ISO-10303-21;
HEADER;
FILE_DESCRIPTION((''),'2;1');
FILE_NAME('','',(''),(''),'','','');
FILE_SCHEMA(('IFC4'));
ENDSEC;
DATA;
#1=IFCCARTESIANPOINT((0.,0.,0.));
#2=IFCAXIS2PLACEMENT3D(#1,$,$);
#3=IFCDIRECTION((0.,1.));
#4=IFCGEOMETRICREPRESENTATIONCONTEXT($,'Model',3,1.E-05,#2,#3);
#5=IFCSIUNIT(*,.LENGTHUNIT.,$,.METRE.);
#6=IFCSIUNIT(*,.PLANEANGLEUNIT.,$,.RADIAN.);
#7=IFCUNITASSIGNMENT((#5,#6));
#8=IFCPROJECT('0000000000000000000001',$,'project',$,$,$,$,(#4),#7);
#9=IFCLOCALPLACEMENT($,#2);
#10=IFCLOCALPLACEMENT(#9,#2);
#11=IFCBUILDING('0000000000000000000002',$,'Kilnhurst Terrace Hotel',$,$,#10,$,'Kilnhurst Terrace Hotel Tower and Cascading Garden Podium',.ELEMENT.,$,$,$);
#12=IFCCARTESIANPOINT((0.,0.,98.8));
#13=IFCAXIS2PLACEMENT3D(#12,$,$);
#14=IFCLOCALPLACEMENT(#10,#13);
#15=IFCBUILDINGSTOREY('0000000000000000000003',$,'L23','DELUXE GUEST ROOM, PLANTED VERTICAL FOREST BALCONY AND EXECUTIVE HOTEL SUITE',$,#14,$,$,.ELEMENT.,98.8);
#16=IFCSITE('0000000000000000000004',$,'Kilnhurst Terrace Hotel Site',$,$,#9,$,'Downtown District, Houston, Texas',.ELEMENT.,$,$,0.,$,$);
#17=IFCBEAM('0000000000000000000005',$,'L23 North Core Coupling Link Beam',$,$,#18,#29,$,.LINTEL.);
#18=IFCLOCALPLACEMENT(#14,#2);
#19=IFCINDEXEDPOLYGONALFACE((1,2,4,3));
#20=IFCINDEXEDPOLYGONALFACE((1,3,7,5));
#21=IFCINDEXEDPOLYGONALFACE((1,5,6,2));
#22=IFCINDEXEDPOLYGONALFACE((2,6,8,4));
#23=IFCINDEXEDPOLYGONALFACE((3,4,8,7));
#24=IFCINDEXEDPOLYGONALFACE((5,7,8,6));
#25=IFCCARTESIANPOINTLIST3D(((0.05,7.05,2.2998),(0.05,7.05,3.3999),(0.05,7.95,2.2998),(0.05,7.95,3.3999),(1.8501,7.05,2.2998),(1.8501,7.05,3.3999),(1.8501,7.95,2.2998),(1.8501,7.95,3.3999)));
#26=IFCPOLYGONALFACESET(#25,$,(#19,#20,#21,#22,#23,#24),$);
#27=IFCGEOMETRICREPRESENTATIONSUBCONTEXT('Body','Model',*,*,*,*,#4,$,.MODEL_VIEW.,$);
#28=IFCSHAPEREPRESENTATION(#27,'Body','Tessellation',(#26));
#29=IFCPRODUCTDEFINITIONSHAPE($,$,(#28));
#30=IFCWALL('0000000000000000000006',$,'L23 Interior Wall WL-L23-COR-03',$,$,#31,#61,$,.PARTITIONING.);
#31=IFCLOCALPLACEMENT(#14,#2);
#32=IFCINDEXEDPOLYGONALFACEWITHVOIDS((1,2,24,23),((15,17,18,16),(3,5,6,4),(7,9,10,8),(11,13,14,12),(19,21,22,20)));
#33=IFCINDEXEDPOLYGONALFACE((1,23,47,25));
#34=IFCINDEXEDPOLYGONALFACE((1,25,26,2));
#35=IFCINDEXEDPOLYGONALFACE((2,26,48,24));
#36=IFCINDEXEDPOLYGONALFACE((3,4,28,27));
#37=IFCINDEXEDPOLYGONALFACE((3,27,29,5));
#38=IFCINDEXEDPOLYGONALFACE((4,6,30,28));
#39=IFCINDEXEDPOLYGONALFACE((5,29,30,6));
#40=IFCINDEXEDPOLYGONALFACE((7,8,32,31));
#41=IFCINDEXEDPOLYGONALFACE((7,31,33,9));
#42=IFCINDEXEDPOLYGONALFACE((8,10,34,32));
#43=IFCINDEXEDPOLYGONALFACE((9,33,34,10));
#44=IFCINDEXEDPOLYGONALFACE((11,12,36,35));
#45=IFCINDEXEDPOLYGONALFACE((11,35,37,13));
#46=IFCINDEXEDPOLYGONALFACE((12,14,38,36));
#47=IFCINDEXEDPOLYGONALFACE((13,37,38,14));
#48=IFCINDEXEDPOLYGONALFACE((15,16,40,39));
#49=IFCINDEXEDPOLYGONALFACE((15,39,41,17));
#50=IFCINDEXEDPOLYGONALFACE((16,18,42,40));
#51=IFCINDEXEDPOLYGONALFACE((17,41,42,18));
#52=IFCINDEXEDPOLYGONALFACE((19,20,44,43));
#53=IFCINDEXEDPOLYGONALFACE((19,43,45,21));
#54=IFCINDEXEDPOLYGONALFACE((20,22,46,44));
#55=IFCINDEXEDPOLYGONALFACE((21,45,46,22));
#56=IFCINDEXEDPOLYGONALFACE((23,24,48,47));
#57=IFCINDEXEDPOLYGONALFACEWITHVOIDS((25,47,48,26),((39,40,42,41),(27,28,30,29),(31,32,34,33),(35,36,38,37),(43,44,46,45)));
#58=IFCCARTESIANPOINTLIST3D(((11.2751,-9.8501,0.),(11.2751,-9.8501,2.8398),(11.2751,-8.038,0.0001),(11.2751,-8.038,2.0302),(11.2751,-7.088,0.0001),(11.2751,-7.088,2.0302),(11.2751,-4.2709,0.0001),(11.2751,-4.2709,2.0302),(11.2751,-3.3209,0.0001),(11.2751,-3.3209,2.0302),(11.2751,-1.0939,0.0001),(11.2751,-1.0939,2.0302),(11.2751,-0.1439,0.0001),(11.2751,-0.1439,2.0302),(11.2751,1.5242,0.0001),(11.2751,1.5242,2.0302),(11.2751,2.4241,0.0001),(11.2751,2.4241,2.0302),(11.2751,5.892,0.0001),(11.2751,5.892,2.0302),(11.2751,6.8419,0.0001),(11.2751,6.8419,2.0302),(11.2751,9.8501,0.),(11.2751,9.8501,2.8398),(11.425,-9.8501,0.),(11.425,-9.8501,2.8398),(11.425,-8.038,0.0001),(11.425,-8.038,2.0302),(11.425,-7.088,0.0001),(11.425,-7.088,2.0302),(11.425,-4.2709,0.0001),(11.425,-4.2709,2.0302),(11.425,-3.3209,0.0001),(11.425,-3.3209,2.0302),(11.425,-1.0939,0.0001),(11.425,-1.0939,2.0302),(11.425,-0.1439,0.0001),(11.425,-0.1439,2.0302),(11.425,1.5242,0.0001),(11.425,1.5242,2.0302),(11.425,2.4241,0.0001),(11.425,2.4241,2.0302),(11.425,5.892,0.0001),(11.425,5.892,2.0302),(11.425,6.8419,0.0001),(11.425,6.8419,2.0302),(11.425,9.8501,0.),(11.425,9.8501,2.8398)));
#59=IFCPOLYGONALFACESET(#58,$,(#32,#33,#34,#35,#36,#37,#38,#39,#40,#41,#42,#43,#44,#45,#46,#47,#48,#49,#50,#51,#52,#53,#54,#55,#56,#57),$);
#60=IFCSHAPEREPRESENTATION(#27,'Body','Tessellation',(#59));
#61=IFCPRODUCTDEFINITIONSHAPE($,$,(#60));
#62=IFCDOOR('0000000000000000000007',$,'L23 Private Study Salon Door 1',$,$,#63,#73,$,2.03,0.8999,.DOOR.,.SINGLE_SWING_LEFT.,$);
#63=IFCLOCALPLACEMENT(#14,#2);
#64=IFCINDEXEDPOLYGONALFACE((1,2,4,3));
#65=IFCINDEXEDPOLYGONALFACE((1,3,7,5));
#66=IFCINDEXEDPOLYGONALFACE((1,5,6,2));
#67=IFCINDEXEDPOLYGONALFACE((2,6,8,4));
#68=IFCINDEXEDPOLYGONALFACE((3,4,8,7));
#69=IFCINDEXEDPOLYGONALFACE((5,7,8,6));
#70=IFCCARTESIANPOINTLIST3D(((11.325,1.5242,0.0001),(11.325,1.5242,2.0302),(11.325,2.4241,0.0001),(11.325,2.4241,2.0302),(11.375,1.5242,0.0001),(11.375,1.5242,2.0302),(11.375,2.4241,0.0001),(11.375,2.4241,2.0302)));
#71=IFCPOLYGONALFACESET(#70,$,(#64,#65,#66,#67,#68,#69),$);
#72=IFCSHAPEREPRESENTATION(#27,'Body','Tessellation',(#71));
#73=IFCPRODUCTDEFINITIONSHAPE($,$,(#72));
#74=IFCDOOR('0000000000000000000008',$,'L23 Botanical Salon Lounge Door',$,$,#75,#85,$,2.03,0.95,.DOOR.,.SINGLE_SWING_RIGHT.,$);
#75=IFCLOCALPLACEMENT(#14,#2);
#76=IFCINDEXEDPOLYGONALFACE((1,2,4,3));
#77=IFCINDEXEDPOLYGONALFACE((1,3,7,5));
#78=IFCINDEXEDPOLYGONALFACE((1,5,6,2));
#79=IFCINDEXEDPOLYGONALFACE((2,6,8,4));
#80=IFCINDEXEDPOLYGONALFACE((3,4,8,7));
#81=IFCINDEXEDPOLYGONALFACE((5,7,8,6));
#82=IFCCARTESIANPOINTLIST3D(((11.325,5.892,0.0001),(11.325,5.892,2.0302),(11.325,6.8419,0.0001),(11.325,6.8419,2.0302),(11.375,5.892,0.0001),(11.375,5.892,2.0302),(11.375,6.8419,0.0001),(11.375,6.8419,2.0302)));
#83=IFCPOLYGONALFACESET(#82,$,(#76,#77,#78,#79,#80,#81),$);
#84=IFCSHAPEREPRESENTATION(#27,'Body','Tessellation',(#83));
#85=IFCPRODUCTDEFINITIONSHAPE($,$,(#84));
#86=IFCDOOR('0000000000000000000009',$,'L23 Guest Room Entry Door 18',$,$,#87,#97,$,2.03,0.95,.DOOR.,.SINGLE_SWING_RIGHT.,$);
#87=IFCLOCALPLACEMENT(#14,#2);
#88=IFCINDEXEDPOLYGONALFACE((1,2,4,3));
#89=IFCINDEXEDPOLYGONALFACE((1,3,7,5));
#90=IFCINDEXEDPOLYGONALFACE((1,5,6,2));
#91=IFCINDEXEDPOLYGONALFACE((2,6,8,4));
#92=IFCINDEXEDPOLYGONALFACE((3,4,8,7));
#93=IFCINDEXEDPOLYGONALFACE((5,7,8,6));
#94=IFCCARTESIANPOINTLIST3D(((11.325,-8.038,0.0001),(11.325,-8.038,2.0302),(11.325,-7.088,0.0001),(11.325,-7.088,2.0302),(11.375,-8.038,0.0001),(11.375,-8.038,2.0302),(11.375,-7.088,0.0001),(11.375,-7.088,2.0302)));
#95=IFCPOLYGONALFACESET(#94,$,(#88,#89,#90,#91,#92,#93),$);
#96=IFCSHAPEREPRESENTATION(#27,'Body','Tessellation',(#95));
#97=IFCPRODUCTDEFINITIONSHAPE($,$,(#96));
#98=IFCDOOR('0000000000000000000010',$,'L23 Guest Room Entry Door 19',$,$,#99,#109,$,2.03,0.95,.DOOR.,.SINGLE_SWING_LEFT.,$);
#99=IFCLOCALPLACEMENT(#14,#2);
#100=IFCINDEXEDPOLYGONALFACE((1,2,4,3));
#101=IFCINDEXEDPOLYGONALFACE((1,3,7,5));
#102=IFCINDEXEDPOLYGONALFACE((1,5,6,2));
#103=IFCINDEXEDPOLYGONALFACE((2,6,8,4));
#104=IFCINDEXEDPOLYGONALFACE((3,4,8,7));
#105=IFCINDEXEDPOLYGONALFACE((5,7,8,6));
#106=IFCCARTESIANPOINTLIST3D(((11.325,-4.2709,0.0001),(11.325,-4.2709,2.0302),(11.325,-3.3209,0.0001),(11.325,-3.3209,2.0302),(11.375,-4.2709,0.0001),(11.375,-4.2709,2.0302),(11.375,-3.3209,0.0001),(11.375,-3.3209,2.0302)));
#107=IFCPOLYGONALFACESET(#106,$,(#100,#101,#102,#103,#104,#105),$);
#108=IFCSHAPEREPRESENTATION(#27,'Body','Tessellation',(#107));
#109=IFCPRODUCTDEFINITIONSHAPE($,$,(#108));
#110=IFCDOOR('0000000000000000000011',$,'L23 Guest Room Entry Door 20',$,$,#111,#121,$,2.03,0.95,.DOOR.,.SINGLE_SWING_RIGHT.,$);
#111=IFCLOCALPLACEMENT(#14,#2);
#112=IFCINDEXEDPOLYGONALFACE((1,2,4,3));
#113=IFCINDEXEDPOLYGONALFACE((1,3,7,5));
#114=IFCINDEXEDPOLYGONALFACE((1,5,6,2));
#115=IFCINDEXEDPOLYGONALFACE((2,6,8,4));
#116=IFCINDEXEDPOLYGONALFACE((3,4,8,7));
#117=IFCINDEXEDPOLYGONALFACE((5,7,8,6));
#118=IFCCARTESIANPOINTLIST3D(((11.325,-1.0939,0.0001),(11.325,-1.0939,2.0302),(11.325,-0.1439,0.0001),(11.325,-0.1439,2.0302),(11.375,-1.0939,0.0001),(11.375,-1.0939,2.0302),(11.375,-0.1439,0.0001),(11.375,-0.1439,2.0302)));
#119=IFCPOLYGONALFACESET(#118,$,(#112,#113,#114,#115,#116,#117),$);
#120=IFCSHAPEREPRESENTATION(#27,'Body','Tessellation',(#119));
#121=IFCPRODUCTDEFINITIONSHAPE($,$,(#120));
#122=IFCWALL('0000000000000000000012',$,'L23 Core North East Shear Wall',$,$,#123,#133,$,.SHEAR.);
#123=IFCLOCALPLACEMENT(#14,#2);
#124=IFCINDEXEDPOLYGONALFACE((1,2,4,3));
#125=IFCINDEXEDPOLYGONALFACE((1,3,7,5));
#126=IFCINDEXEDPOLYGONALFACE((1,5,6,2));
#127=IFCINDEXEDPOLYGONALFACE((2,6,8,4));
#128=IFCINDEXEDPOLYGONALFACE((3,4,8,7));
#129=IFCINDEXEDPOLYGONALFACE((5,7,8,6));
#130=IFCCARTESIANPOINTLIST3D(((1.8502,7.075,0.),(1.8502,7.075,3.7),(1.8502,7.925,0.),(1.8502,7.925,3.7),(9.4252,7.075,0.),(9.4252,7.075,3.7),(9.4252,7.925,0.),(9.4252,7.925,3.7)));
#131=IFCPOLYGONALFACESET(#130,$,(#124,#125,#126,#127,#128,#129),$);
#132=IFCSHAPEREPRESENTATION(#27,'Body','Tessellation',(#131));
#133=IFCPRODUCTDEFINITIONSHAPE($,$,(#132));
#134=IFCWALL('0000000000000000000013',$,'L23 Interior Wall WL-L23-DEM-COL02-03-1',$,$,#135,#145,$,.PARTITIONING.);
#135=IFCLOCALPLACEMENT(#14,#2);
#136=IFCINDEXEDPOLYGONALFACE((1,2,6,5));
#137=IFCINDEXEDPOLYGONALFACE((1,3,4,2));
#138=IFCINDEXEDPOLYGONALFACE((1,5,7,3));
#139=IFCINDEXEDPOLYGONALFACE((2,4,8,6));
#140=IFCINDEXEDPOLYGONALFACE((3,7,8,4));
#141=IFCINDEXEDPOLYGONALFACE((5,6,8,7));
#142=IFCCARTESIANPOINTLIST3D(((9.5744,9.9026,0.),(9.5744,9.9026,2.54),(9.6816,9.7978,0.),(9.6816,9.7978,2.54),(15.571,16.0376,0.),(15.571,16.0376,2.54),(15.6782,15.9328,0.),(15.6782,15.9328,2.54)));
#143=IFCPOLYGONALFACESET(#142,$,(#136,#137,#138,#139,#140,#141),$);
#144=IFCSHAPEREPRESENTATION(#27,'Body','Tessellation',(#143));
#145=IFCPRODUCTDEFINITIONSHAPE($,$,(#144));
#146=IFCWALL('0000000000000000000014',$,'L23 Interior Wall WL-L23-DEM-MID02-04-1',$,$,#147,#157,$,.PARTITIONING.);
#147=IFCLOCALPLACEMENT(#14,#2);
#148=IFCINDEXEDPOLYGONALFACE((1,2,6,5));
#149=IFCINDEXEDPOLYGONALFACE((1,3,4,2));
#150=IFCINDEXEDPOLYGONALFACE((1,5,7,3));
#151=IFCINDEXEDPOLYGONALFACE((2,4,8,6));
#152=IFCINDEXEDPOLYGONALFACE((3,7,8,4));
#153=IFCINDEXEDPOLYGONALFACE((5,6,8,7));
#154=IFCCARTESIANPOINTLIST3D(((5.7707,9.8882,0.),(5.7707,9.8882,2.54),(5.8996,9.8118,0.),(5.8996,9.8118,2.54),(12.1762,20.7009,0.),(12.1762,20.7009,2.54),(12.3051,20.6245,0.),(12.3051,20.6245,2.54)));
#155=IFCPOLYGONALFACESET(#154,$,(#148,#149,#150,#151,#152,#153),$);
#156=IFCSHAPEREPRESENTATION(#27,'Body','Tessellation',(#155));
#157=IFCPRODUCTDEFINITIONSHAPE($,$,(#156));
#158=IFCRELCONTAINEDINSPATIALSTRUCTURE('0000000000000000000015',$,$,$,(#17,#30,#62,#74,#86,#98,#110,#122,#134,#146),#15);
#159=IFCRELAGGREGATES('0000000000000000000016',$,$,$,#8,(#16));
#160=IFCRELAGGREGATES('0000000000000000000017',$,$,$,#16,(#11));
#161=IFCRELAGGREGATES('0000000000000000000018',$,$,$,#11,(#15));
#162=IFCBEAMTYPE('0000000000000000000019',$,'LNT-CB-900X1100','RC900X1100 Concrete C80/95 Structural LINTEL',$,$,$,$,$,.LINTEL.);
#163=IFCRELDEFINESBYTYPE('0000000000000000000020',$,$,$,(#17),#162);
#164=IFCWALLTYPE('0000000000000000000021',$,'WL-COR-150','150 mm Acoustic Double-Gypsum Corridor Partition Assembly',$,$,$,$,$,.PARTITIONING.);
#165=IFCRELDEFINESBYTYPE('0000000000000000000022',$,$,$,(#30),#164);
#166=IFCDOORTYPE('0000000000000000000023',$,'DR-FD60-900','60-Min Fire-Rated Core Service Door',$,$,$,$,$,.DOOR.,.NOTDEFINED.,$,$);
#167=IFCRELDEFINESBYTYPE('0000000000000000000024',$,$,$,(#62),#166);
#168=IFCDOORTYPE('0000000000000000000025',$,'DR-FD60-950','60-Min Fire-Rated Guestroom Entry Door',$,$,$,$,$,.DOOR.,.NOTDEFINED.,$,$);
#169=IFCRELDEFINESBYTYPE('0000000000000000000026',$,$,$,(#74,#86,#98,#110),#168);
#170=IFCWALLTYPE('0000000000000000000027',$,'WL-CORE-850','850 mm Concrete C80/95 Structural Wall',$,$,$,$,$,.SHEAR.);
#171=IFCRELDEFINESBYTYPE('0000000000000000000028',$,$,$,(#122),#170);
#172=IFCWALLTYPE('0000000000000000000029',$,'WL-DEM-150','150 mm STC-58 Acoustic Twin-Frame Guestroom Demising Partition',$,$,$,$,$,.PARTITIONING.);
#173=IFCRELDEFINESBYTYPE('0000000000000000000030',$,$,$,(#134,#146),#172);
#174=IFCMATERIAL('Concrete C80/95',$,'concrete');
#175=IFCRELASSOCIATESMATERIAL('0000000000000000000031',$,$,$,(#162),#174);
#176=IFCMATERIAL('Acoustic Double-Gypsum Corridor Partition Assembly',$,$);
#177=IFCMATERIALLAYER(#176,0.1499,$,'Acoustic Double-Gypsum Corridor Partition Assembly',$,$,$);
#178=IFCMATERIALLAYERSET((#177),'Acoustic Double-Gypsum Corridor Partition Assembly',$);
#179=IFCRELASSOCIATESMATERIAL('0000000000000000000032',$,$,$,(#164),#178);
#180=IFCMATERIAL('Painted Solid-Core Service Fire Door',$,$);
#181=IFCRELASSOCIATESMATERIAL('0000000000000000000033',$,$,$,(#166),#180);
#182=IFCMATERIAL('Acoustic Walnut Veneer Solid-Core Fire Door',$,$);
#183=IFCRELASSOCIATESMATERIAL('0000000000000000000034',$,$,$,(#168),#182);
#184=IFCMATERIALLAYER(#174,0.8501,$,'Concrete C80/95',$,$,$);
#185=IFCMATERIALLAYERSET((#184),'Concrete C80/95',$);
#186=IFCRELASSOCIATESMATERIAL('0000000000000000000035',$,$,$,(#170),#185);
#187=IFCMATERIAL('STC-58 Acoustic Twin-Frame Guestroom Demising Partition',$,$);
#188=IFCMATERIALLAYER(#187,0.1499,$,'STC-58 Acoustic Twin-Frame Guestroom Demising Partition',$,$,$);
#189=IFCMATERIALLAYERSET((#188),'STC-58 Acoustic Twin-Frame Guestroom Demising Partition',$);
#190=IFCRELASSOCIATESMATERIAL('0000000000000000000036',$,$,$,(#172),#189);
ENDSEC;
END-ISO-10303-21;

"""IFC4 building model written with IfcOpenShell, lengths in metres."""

from ifc_helpers import new_model, si_unit, direction, frame, frame_2d, origin, origin_2d, place, context, subcontext, project, spatial, rectangle, extrude, material, layer, layer_set, material_profile, profile_set, type_object, element, fill, save


model = new_model("IFC4")

# Units and contexts
model_context = context("Model", 3, precision=1e-05, world=origin(), true_north=direction((0.0, 1.0)))
body_context = subcontext(model_context, "Body", "Model", "MODEL_VIEW")
ifc_project = project(units=[si_unit("LENGTHUNIT", "METRE"), si_unit("PLANEANGLEUNIT", "RADIAN")], contexts=[model_context])

# Site, building, storey
site_placement = place(None, origin())
site = spatial("IfcSite", under=ifc_project, at=site_placement, Name="Kilnhurst Terrace Hotel Site", LongName="Downtown District, Houston, Texas", CompositionType="ELEMENT", RefElevation=0.0)
building_placement = place(site_placement, origin())
building = spatial("IfcBuilding", under=site, at=building_placement, Name="Kilnhurst Terrace Hotel", LongName="Kilnhurst Terrace Hotel Tower and Cascading Garden Podium", CompositionType="ELEMENT")
storey_placement = place(building_placement, frame((0.0, 0.0, 98.8)))
storey = spatial("IfcBuildingStorey", under=building, at=storey_placement, Name="L23", Description="DELUXE GUEST ROOM, PLANTED VERTICAL FOREST BALCONY AND EXECUTIVE HOTEL SUITE", CompositionType="ELEMENT", Elevation=98.8)

# Beam
ifc_material_1 = material(Name="Concrete C80/95", Category="concrete")
ifc_material_profile_1 = material_profile(ifc_material_1, rectangle(XDim=0.8999, YDim=1.1001, at=origin_2d()), Name="RC900X1100")
ifc_profile_set_1 = profile_set([ifc_material_profile_1], Name="Concrete C80/95")
beam_type_1 = type_object("IfcBeamType", Name="LNT-CB-900X1100", Description="RC900X1100 Concrete C80/95 Structural LINTEL", PredefinedType="LINTEL", material=ifc_profile_set_1)
beam_1_placement = place(storey_placement, frame((0.05, 7.5, 2.8499), z_axis=(1.0, 0.0, 0.0), x_axis=(0.0, 1.0, 0.0)))
element("IfcBeam", 1, at=beam_1_placement, inside=storey, type_object=beam_type_1, Name="L23 North Core Coupling Link Beam", PredefinedType="LINTEL", context=body_context, shape_type="SweptSolid", body=[
    extrude(rectangle(XDim=0.8999, YDim=1.1001, at=origin_2d()), origin(), (0.0, 0.0, 1.0), 1.8),
])

# Wall, openings, doors
ifc_material_2 = material(Name="Acoustic Double-Gypsum Corridor Partition Assembly")
ifc_layer_1 = layer(ifc_material_2, 0.1499, Name="Acoustic Double-Gypsum Corridor Partition Assembly")
ifc_layer_set_1 = layer_set([ifc_layer_1], Name="Acoustic Double-Gypsum Corridor Partition Assembly")
wall_type_1 = type_object("IfcWallType", Name="WL-COR-150", Description="150 mm Acoustic Double-Gypsum Corridor Partition Assembly", PredefinedType="PARTITIONING", material=ifc_layer_set_1)
wall_1_placement = place(storey_placement, frame((11.3501, 9.8501, 0.0), z_axis=(0.0, 0.0, 1.0), x_axis=(0.0, -1.0, 0.0)))
wall_1 = element("IfcWall", 2, at=wall_1_placement, inside=storey, type_object=wall_type_1, Name="L23 Interior Wall WL-L23-COR-03", PredefinedType="PARTITIONING", context=body_context, shape_type="SweptSolid", body=[
    extrude(rectangle(XDim=19.7002, YDim=0.1499, at=frame_2d((9.8501, 0.0))), origin(), (0.0, 0.0, 1.0), 2.8398),
])
opening_1_placement = place(wall_1_placement, frame((7.426, 0.0, 0.0)))
opening_1 = element("IfcOpeningElement", 3, at=opening_1_placement, cuts=wall_1, PredefinedType="OPENING", context=body_context, shape_type="SweptSolid", body=[
    extrude(rectangle(XDim=0.8999, YDim=2.03, at=frame_2d((0.45, 1.0151))), frame((0.0, 0.085, 0.0), z_axis=(0.0, -1.0, 0.0), x_axis=(1.0, 0.0, 0.0)), (0.0, 0.0, 1.0), 0.1699),
])
opening_2_placement = place(wall_1_placement, frame((3.0081, 0.0, 0.0)))
opening_2 = element("IfcOpeningElement", 4, at=opening_2_placement, cuts=wall_1, PredefinedType="OPENING", context=body_context, shape_type="SweptSolid", body=[
    extrude(rectangle(XDim=0.95, YDim=2.03, at=frame_2d((0.4751, 1.0151))), frame((0.0, 0.085, 0.0), z_axis=(0.0, -1.0, 0.0), x_axis=(1.0, 0.0, 0.0)), (0.0, 0.0, 1.0), 0.1699),
])
opening_3_placement = place(wall_1_placement, frame((16.938, 0.0, 0.0)))
opening_3 = element("IfcOpeningElement", 5, at=opening_3_placement, cuts=wall_1, PredefinedType="OPENING", context=body_context, shape_type="SweptSolid", body=[
    extrude(rectangle(XDim=0.95, YDim=2.03, at=frame_2d((0.4751, 1.0151))), frame((0.0, 0.085, 0.0), z_axis=(0.0, -1.0, 0.0), x_axis=(1.0, 0.0, 0.0)), (0.0, 0.0, 1.0), 0.1699),
])
opening_4_placement = place(wall_1_placement, frame((13.1709, 0.0, 0.0)))
opening_4 = element("IfcOpeningElement", 6, at=opening_4_placement, cuts=wall_1, PredefinedType="OPENING", context=body_context, shape_type="SweptSolid", body=[
    extrude(rectangle(XDim=0.95, YDim=2.03, at=frame_2d((0.4751, 1.0151))), frame((0.0, 0.085, 0.0), z_axis=(0.0, -1.0, 0.0), x_axis=(1.0, 0.0, 0.0)), (0.0, 0.0, 1.0), 0.1699),
])
opening_5_placement = place(wall_1_placement, frame((9.9939, 0.0, 0.0)))
opening_5 = element("IfcOpeningElement", 7, at=opening_5_placement, cuts=wall_1, PredefinedType="OPENING", context=body_context, shape_type="SweptSolid", body=[
    extrude(rectangle(XDim=0.95, YDim=2.03, at=frame_2d((0.4751, 1.0151))), frame((0.0, 0.085, 0.0), z_axis=(0.0, -1.0, 0.0), x_axis=(1.0, 0.0, 0.0)), (0.0, 0.0, 1.0), 0.1699),
])
ifc_material_3 = material(Name="Painted Solid-Core Service Fire Door")
door_type_1 = type_object("IfcDoorType", Name="DR-FD60-900", Description="60-Min Fire-Rated Core Service Door", OperationType="NOTDEFINED", PredefinedType="DOOR", material=ifc_material_3)
door_1_placement = place(opening_1_placement, origin())
door_1 = element("IfcDoor", 8, at=door_1_placement, inside=storey, type_object=door_type_1, Name="L23 Private Study Salon Door 1", OperationType="SINGLE_SWING_LEFT", OverallHeight=2.03, OverallWidth=0.8999, PredefinedType="DOOR", context=body_context, shape_type="SweptSolid", body=[
    extrude(rectangle(XDim=0.8999, YDim=2.03, at=frame_2d((0.45, 1.0151))), frame((0.0, 0.0249, 0.0), z_axis=(0.0, -1.0, 0.0), x_axis=(1.0, 0.0, 0.0)), (0.0, 0.0, 1.0), 0.05),
])
fill(opening_1, door_1)
ifc_material_4 = material(Name="Acoustic Walnut Veneer Solid-Core Fire Door")
door_type_2 = type_object("IfcDoorType", Name="DR-FD60-950", Description="60-Min Fire-Rated Guestroom Entry Door", OperationType="NOTDEFINED", PredefinedType="DOOR", material=ifc_material_4)
door_2_placement = place(opening_2_placement, origin())
door_2 = element("IfcDoor", 9, at=door_2_placement, inside=storey, type_object=door_type_2, Name="L23 Botanical Salon Lounge Door", OperationType="SINGLE_SWING_RIGHT", OverallHeight=2.03, OverallWidth=0.95, PredefinedType="DOOR", context=body_context, shape_type="SweptSolid", body=[
    extrude(rectangle(XDim=0.95, YDim=2.03, at=frame_2d((0.4751, 1.0151))), frame((0.0, 0.0249, 0.0), z_axis=(0.0, -1.0, 0.0), x_axis=(1.0, 0.0, 0.0)), (0.0, 0.0, 1.0), 0.05),
])
fill(opening_2, door_2)
door_3_placement = place(opening_3_placement, origin())
door_3 = element("IfcDoor", 10, at=door_3_placement, inside=storey, type_object=door_type_2, Name="L23 Guest Room Entry Door 18", OperationType="SINGLE_SWING_RIGHT", OverallHeight=2.03, OverallWidth=0.95, PredefinedType="DOOR", context=body_context, shape_type="SweptSolid", body=[
    extrude(rectangle(XDim=0.95, YDim=2.03, at=frame_2d((0.4751, 1.0151))), frame((0.0, 0.0249, 0.0), z_axis=(0.0, -1.0, 0.0), x_axis=(1.0, 0.0, 0.0)), (0.0, 0.0, 1.0), 0.05),
])
fill(opening_3, door_3)
door_4_placement = place(opening_4_placement, origin())
door_4 = element("IfcDoor", 11, at=door_4_placement, inside=storey, type_object=door_type_2, Name="L23 Guest Room Entry Door 19", OperationType="SINGLE_SWING_LEFT", OverallHeight=2.03, OverallWidth=0.95, PredefinedType="DOOR", context=body_context, shape_type="SweptSolid", body=[
    extrude(rectangle(XDim=0.95, YDim=2.03, at=frame_2d((0.4751, 1.0151))), frame((0.0, 0.0249, 0.0), z_axis=(0.0, -1.0, 0.0), x_axis=(1.0, 0.0, 0.0)), (0.0, 0.0, 1.0), 0.05),
])
fill(opening_4, door_4)
door_5_placement = place(opening_5_placement, origin())
door_5 = element("IfcDoor", 12, at=door_5_placement, inside=storey, type_object=door_type_2, Name="L23 Guest Room Entry Door 20", OperationType="SINGLE_SWING_RIGHT", OverallHeight=2.03, OverallWidth=0.95, PredefinedType="DOOR", context=body_context, shape_type="SweptSolid", body=[
    extrude(rectangle(XDim=0.95, YDim=2.03, at=frame_2d((0.4751, 1.0151))), frame((0.0, 0.0249, 0.0), z_axis=(0.0, -1.0, 0.0), x_axis=(1.0, 0.0, 0.0)), (0.0, 0.0, 1.0), 0.05),
])
fill(opening_5, door_5)

# Walls
ifc_layer_2 = layer(ifc_material_1, 0.8501, Name="Concrete C80/95")
ifc_layer_set_2 = layer_set([ifc_layer_2], Name="Concrete C80/95")
wall_type_2 = type_object("IfcWallType", Name="WL-CORE-850", Description="850 mm Concrete C80/95 Structural Wall", PredefinedType="SHEAR", material=ifc_layer_set_2)
wall_2_placement = place(storey_placement, frame((1.8501, 7.5, 0.0), z_axis=(0.0, 0.0, 1.0), x_axis=(1.0, 0.0, 0.0)))
element("IfcWall", 13, at=wall_2_placement, inside=storey, type_object=wall_type_2, Name="L23 Core North East Shear Wall", PredefinedType="SHEAR", context=body_context, shape_type="SweptSolid", body=[
    extrude(rectangle(XDim=7.575, YDim=0.8501, at=frame_2d((3.7876, 0.0))), origin(), (0.0, 0.0, 1.0), 3.7),
])
ifc_material_5 = material(Name="STC-58 Acoustic Twin-Frame Guestroom Demising Partition")
ifc_layer_3 = layer(ifc_material_5, 0.1499, Name="STC-58 Acoustic Twin-Frame Guestroom Demising Partition")
ifc_layer_set_3 = layer_set([ifc_layer_3], Name="STC-58 Acoustic Twin-Frame Guestroom Demising Partition")
wall_type_3 = type_object("IfcWallType", Name="WL-DEM-150", Description="150 mm STC-58 Acoustic Twin-Frame Guestroom Demising Partition", PredefinedType="PARTITIONING", material=ifc_layer_set_3)
wall_3_placement = place(storey_placement, frame((9.6279, 9.8501, 0.0), z_axis=(0.0, 0.0, 1.0), x_axis=(0.698993, 0.715129, 0.0)))
element("IfcWall", 14, at=wall_3_placement, inside=storey, type_object=wall_type_3, Name="L23 Interior Wall WL-L23-DEM-COL02-03-1", PredefinedType="PARTITIONING", context=body_context, shape_type="SweptSolid", body=[
    extrude(rectangle(XDim=8.5789, YDim=0.1499, at=frame_2d((4.2896, 0.0))), origin(), (0.0, 0.0, 1.0), 2.54),
])
wall_4_placement = place(storey_placement, frame((5.8352, 9.8501, 0.0), z_axis=(0.0, 0.0, 1.0), x_axis=(0.509683, 0.860363, 0.0)))
element("IfcWall", 15, at=wall_4_placement, inside=storey, type_object=wall_type_3, Name="L23 Interior Wall WL-L23-DEM-MID02-04-1", PredefinedType="PARTITIONING", context=body_context, shape_type="SweptSolid", body=[
    extrude(rectangle(XDim=12.5676, YDim=0.1499, at=frame_2d((6.2837, 0.0))), origin(), (0.0, 0.0, 1.0), 2.54),
])

save(model, "model.ifc")
